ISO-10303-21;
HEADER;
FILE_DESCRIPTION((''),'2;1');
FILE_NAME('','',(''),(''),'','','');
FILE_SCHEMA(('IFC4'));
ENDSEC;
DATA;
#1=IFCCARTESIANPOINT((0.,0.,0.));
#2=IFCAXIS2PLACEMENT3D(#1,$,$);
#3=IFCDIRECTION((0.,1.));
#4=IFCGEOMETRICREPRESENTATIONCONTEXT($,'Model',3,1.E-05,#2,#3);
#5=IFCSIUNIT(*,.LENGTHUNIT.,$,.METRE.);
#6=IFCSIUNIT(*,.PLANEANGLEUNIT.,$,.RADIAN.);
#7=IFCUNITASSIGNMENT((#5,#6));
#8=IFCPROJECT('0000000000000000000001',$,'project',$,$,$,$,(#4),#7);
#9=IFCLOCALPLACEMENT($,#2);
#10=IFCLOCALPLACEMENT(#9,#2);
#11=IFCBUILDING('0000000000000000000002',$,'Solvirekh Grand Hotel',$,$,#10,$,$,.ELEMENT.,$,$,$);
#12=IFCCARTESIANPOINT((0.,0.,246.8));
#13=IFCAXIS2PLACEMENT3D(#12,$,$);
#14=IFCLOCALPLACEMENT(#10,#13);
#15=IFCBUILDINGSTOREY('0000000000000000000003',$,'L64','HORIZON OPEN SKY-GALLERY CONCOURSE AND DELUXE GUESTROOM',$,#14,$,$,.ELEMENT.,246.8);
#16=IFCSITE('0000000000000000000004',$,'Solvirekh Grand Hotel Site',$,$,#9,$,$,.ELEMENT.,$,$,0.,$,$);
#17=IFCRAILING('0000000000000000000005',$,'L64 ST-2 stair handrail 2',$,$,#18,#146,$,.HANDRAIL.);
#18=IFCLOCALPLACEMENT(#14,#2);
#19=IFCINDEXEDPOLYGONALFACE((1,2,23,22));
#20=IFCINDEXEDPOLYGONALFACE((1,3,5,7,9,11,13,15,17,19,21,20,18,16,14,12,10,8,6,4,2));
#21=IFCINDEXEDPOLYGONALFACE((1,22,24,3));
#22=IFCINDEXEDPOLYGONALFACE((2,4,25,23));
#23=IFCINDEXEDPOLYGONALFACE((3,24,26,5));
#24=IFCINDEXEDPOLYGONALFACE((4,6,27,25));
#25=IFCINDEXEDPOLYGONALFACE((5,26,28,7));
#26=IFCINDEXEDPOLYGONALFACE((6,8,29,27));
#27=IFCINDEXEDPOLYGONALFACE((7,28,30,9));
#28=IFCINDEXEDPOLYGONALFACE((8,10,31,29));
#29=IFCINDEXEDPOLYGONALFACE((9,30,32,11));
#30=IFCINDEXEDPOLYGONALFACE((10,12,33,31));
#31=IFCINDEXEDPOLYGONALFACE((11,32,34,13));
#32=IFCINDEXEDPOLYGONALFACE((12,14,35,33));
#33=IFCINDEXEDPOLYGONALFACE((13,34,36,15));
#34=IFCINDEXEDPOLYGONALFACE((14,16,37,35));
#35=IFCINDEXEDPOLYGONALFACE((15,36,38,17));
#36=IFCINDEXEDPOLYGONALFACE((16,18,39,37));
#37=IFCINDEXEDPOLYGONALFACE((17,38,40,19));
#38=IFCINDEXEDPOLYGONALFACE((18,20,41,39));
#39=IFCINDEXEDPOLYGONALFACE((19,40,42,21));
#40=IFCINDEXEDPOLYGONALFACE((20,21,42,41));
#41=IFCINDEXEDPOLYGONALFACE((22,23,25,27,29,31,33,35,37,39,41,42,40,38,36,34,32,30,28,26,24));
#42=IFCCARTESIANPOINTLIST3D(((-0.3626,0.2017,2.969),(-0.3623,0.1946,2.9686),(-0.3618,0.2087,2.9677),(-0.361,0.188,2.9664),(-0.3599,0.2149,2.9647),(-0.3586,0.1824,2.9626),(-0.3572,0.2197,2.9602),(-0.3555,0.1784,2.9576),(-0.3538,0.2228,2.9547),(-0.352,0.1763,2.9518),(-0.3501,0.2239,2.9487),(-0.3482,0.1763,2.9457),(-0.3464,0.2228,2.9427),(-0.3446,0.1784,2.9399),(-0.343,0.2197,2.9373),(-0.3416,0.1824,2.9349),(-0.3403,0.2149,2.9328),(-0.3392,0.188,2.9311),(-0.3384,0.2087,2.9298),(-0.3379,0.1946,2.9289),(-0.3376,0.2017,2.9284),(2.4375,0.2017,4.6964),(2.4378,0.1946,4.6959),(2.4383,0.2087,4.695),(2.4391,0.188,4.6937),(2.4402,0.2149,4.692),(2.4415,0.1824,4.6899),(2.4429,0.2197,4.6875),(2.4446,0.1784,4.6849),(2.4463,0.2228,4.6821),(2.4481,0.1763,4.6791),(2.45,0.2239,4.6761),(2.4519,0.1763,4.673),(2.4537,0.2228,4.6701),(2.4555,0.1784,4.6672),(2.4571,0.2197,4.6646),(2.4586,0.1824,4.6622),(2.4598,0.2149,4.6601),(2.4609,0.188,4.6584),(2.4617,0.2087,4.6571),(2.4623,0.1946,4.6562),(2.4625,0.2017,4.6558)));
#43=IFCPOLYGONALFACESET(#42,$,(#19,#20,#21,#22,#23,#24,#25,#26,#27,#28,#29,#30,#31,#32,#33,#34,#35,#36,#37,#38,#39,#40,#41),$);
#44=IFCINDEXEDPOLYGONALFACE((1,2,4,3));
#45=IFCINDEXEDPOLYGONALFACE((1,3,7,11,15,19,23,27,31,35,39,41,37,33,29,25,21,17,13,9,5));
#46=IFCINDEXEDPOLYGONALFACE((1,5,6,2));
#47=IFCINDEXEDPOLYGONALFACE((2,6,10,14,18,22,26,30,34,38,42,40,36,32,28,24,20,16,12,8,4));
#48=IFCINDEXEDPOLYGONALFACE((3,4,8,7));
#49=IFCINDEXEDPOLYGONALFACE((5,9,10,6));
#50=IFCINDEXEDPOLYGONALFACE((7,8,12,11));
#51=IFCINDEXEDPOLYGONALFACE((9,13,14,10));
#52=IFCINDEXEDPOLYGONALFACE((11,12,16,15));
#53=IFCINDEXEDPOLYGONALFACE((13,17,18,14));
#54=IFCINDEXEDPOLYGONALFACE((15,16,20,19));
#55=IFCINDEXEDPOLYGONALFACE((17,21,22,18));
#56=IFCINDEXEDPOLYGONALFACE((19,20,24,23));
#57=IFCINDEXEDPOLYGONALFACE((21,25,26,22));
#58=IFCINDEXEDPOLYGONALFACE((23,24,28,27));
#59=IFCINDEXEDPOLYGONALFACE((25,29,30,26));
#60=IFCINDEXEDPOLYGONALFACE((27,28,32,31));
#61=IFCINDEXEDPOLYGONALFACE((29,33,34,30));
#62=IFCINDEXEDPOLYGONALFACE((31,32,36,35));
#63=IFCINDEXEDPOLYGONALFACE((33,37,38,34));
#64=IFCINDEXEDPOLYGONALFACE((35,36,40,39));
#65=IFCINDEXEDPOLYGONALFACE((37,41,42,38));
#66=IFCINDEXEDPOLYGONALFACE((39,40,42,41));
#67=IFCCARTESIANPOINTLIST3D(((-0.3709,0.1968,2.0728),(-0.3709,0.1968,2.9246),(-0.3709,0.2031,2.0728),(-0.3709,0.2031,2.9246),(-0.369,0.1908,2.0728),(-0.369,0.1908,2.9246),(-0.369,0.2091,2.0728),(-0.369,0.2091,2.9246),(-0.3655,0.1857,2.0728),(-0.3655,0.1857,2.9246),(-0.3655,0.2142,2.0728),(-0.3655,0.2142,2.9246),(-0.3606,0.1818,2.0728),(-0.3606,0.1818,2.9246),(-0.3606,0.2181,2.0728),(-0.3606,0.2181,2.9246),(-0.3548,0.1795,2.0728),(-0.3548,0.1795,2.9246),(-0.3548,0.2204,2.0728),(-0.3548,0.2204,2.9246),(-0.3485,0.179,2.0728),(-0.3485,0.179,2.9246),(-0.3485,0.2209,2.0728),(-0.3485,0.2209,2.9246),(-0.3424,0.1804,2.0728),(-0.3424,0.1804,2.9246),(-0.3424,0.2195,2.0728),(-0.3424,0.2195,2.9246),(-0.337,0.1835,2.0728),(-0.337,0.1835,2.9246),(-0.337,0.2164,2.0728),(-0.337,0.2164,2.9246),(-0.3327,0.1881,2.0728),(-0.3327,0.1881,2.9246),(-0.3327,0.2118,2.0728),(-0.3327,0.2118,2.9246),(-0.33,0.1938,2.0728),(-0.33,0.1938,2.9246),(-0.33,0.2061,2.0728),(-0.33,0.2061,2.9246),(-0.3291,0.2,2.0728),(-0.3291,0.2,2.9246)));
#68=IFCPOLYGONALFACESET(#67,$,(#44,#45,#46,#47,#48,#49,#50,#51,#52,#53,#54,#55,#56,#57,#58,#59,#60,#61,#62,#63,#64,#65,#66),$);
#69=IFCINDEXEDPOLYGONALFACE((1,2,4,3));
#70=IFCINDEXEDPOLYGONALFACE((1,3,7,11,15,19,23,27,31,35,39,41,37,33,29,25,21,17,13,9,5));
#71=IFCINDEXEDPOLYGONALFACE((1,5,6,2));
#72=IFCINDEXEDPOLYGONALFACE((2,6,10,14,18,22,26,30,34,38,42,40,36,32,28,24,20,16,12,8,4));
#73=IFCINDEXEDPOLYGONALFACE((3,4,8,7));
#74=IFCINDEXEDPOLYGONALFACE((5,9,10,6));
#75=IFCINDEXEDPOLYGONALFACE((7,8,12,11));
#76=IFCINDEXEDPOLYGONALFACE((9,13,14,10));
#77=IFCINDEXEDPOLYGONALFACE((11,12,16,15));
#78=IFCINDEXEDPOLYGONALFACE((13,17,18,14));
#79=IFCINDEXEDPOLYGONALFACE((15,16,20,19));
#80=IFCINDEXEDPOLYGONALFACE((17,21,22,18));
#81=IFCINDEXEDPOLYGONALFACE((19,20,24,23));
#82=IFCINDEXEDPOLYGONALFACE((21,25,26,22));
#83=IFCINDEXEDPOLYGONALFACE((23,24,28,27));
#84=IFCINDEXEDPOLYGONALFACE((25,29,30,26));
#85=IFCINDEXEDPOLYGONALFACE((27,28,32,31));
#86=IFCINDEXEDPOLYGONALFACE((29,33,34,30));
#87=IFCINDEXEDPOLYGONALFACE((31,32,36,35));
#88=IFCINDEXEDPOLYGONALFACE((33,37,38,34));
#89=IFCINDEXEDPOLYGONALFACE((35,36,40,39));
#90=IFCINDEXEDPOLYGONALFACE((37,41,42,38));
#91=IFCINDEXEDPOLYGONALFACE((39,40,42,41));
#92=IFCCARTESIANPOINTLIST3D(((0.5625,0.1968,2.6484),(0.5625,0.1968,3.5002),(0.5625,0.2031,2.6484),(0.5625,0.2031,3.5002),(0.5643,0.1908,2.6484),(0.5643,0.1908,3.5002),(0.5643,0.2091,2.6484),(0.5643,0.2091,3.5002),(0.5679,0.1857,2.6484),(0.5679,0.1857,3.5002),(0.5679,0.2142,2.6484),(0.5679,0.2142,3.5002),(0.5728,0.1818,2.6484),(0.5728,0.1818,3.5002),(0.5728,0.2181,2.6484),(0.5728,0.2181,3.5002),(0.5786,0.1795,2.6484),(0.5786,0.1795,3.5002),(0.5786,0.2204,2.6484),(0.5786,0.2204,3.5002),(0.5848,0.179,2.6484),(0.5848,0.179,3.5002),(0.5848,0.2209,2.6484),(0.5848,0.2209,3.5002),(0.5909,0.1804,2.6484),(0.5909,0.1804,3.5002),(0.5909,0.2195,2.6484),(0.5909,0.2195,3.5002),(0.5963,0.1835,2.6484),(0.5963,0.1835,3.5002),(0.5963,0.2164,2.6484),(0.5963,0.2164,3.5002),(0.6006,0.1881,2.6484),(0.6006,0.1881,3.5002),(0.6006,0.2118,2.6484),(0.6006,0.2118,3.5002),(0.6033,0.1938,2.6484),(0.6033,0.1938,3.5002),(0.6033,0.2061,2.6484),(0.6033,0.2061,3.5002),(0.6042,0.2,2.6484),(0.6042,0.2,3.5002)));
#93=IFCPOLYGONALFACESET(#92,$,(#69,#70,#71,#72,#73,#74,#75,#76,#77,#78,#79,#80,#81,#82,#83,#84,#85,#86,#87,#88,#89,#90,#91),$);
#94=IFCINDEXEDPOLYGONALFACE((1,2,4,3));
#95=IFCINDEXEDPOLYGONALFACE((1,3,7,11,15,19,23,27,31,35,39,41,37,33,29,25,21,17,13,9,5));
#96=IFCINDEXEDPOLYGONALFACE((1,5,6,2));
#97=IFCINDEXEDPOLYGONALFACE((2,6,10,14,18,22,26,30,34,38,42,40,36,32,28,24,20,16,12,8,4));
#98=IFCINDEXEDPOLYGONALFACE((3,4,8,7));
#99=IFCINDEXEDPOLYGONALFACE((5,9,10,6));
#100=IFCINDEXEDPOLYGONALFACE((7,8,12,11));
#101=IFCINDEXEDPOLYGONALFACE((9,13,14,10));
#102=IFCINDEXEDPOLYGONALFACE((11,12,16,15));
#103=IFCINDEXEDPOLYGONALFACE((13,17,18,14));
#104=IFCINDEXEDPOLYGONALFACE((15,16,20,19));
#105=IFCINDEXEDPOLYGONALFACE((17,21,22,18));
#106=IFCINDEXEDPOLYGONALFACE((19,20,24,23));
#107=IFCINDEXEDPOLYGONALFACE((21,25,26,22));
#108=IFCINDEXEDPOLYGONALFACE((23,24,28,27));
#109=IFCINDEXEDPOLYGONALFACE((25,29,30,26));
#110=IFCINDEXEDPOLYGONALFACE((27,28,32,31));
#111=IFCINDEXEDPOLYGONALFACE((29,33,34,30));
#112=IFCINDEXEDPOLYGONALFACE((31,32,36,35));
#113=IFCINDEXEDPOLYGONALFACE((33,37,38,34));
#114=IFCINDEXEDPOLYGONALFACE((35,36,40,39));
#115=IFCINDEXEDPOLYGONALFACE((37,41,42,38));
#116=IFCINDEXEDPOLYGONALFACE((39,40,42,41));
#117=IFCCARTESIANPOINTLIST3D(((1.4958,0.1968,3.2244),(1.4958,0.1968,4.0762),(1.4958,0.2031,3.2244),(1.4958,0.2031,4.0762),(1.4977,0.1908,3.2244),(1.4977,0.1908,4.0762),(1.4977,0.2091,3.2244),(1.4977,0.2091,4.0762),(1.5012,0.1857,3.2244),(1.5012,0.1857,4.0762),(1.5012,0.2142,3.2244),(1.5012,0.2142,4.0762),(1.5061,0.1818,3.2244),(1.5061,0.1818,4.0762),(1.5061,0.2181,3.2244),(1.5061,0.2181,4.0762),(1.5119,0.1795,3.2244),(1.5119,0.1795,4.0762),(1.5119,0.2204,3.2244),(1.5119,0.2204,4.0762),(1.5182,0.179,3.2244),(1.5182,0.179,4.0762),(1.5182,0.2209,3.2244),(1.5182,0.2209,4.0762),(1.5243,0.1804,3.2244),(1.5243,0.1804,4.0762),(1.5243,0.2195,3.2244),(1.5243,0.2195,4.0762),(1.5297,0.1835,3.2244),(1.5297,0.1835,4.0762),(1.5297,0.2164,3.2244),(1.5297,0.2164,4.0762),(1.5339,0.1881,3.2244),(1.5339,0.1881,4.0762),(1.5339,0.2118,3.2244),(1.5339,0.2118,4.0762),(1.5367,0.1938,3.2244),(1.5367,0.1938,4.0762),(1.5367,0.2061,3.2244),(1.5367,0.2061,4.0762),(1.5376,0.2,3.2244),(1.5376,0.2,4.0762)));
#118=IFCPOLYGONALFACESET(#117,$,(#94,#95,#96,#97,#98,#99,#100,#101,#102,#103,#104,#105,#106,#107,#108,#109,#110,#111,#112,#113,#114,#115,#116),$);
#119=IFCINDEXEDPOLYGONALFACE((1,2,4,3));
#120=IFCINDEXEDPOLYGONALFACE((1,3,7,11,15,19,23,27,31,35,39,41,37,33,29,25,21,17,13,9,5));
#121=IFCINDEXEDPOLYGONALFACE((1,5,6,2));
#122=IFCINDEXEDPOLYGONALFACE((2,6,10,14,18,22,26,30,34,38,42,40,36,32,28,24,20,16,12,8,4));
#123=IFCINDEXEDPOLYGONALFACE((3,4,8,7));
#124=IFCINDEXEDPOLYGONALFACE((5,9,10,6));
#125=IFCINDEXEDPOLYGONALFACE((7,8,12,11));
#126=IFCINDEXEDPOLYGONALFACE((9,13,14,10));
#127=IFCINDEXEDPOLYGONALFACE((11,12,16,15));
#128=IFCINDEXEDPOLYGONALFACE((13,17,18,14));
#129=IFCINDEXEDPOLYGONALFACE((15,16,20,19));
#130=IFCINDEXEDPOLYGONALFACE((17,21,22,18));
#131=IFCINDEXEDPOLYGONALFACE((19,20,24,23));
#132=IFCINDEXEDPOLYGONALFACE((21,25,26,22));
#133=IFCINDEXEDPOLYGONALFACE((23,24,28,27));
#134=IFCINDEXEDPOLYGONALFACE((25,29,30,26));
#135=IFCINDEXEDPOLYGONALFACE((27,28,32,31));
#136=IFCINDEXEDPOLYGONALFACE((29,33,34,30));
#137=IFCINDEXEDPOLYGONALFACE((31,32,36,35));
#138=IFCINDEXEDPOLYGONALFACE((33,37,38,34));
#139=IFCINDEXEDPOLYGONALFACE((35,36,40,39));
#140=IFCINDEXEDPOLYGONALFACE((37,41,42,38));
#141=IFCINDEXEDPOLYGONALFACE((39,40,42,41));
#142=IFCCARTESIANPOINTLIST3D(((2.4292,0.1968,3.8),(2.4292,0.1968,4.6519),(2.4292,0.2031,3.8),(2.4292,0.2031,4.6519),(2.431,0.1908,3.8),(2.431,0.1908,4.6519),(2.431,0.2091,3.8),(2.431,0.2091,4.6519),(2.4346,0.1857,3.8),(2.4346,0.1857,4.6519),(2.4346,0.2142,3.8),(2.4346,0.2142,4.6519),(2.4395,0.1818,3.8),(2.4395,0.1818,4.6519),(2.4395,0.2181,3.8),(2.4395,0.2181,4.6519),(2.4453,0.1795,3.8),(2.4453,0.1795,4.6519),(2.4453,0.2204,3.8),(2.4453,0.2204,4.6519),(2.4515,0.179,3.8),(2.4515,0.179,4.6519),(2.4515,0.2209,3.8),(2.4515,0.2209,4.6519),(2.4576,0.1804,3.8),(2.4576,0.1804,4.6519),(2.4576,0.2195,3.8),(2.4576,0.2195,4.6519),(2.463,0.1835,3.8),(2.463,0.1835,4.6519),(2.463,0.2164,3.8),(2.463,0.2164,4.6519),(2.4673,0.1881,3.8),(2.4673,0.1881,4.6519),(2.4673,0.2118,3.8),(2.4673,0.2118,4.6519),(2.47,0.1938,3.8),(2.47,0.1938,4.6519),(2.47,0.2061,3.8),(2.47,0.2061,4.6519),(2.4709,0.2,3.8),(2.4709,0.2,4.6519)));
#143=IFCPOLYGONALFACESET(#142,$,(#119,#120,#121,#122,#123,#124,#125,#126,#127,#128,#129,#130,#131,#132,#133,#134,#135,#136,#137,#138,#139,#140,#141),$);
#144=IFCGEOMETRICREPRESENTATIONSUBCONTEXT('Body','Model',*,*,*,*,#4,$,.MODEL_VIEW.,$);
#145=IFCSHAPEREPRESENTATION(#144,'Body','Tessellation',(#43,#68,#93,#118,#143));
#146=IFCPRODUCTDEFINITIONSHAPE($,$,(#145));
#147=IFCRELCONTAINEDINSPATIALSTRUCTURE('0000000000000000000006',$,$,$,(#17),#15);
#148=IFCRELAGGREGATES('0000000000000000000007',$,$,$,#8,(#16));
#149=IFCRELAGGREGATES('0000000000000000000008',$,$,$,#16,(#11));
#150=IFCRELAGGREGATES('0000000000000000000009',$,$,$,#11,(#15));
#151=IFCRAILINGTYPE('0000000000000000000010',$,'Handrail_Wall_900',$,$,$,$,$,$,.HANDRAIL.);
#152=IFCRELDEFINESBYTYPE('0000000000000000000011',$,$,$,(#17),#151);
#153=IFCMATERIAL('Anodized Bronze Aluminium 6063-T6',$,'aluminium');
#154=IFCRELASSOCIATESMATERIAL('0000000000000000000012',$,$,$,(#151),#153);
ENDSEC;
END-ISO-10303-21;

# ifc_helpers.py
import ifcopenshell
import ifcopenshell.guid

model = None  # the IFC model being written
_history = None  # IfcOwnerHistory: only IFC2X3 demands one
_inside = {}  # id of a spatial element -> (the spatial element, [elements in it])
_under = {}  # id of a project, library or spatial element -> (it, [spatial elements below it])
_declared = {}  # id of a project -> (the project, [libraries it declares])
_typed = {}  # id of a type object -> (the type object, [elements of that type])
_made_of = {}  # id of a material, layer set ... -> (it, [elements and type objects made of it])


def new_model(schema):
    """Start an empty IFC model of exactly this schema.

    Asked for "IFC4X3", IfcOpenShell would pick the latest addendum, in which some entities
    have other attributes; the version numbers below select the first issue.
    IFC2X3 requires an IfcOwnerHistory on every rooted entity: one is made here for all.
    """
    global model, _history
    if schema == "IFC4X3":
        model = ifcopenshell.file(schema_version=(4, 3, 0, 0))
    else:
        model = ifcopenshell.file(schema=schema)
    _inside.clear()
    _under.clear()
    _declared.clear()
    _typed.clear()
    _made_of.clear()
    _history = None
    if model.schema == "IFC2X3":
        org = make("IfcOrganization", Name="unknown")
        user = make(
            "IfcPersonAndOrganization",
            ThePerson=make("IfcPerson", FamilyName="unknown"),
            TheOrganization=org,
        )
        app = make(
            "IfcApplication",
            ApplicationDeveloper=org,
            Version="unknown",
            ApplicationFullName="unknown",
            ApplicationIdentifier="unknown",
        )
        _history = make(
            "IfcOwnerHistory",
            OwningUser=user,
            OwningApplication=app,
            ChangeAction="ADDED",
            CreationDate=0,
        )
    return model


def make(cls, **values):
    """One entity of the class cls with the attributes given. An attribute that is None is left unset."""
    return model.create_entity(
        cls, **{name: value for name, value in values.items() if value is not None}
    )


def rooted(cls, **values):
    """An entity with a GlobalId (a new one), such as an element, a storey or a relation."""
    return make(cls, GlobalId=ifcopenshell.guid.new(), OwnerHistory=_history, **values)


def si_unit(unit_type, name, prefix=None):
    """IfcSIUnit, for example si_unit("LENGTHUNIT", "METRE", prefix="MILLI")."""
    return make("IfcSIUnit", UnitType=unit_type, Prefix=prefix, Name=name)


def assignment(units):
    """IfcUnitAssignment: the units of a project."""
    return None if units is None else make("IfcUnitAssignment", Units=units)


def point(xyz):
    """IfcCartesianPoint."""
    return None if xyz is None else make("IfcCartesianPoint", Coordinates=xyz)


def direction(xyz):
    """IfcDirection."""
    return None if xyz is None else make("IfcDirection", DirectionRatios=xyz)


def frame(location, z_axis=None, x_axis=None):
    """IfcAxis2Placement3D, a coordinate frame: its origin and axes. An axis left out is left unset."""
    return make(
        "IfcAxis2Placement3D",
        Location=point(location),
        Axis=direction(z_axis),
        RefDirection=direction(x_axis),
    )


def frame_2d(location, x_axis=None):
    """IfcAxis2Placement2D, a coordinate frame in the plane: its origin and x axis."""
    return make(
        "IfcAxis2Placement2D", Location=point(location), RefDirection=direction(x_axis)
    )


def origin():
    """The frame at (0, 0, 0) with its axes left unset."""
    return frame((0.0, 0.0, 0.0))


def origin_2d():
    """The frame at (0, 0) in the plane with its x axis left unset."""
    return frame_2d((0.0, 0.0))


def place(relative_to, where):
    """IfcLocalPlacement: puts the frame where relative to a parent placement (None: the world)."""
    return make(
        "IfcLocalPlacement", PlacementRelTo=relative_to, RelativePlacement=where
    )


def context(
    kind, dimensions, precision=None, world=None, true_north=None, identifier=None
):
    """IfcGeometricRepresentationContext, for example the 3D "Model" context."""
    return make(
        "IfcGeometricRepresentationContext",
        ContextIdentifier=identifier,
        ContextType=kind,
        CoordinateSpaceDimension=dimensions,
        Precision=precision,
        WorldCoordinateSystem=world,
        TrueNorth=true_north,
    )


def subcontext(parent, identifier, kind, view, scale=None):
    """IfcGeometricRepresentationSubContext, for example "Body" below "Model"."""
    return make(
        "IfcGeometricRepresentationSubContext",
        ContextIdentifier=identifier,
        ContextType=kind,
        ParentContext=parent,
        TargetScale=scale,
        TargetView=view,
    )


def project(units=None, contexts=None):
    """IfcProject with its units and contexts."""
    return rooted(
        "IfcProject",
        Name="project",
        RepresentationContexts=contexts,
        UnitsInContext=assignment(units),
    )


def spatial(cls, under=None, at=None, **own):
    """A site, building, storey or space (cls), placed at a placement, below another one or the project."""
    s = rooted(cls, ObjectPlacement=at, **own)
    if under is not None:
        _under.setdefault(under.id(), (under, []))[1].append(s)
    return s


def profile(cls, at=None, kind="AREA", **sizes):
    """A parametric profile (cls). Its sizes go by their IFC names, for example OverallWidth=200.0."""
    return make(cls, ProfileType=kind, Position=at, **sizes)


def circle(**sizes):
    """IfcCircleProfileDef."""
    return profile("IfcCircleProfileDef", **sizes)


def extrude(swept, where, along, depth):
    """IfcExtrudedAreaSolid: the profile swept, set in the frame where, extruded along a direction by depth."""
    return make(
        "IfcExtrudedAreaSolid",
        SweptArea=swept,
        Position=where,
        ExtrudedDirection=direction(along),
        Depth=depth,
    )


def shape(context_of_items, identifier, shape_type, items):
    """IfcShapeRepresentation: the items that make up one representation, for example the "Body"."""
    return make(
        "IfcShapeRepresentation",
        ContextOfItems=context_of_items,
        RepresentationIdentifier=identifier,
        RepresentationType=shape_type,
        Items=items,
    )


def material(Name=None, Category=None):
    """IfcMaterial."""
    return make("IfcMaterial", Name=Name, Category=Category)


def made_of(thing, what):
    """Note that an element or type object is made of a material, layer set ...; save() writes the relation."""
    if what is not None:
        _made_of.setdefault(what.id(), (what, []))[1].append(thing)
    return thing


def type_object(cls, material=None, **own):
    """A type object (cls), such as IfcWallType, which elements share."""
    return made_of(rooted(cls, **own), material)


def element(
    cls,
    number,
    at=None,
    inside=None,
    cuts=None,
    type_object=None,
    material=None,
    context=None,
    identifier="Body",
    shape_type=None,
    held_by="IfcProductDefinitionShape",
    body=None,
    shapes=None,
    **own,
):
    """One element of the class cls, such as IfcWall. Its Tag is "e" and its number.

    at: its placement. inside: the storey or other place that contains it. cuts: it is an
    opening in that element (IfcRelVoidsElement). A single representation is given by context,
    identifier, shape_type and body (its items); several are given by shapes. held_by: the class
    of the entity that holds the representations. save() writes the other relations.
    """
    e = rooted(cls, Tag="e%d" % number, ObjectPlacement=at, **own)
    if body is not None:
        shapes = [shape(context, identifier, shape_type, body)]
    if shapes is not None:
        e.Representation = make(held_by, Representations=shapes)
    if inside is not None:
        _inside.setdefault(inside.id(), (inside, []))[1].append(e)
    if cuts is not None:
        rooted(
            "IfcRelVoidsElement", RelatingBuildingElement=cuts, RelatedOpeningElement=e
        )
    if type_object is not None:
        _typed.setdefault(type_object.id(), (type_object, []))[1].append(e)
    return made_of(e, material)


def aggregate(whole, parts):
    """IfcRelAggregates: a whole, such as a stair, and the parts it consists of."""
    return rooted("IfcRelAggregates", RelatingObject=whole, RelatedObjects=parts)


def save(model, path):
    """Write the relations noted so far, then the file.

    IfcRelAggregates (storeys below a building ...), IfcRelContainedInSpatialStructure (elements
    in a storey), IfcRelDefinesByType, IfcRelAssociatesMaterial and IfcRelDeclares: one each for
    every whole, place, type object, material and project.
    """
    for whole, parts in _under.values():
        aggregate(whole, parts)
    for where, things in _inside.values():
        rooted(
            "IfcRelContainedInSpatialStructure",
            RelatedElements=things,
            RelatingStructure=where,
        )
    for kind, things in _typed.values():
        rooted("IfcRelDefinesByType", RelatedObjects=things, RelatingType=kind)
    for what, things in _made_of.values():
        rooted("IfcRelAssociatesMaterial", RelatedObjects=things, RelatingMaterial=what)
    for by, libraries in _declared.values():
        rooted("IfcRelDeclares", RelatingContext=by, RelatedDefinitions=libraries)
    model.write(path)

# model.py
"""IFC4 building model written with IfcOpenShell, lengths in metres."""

from ifc_helpers import new_model, si_unit, direction, frame, origin, origin_2d, place, context, subcontext, project, spatial, circle, extrude, material, type_object, element, save


model = new_model("IFC4")

# Units and contexts
model_context = context("Model", 3, precision=1e-05, world=origin(), true_north=direction((0.0, 1.0)))
body_context = subcontext(model_context, "Body", "Model", "MODEL_VIEW")
ifc_project = project(units=[si_unit("LENGTHUNIT", "METRE"), si_unit("PLANEANGLEUNIT", "RADIAN")], contexts=[model_context])

# Site, building, storey
site_placement = place(None, origin())
site = spatial("IfcSite", under=ifc_project, at=site_placement, Name="Solvirekh Grand Hotel Site", CompositionType="ELEMENT", RefElevation=0.0)
building_placement = place(site_placement, origin())
building = spatial("IfcBuilding", under=site, at=building_placement, Name="Solvirekh Grand Hotel", CompositionType="ELEMENT")
storey_placement = place(building_placement, frame((0.0, 0.0, 246.8)))
storey = spatial("IfcBuildingStorey", under=building, at=storey_placement, Name="L64", Description="HORIZON OPEN SKY-GALLERY CONCOURSE AND DELUXE GUESTROOM", CompositionType="ELEMENT", Elevation=246.8)

# Railing
ifc_material_1 = material(Name="Anodized Bronze Aluminium 6063-T6", Category="aluminium")
railing_type_1 = type_object("IfcRailingType", Name="Handrail_Wall_900", PredefinedType="HANDRAIL", material=ifc_material_1)
railing_1_placement = place(storey_placement, frame((-0.3501, 0.2, 2.0728)))
element("IfcRailing", 1, at=railing_1_placement, inside=storey, type_object=railing_type_1, Name="L64 ST-2 stair handrail 2", PredefinedType="HANDRAIL", context=body_context, shape_type="SweptSolid", body=[
    extrude(circle(Radius=0.0239, at=origin_2d()), frame((0.0, 0.0, 0.876), z_axis=(0.85109, 0.0, 0.52502), x_axis=(0.0, 1.0, 0.0)), (0.0, 0.0, 1.0), 3.29),
    extrude(circle(Radius=0.021, at=origin_2d()), origin(), (0.0, 0.0, 1.0), 0.8518),
    extrude(circle(Radius=0.021, at=origin_2d()), frame((0.9333, 0.0, 0.5757)), (0.0, 0.0, 1.0), 0.8518),
    extrude(circle(Radius=0.021, at=origin_2d()), frame((1.8667, 0.0, 1.1516)), (0.0, 0.0, 1.0), 0.8518),
    extrude(circle(Radius=0.021, at=origin_2d()), frame((2.8, 0.0, 1.7273)), (0.0, 0.0, 1.0), 0.8518),
])

save(model, "model.ifc")
